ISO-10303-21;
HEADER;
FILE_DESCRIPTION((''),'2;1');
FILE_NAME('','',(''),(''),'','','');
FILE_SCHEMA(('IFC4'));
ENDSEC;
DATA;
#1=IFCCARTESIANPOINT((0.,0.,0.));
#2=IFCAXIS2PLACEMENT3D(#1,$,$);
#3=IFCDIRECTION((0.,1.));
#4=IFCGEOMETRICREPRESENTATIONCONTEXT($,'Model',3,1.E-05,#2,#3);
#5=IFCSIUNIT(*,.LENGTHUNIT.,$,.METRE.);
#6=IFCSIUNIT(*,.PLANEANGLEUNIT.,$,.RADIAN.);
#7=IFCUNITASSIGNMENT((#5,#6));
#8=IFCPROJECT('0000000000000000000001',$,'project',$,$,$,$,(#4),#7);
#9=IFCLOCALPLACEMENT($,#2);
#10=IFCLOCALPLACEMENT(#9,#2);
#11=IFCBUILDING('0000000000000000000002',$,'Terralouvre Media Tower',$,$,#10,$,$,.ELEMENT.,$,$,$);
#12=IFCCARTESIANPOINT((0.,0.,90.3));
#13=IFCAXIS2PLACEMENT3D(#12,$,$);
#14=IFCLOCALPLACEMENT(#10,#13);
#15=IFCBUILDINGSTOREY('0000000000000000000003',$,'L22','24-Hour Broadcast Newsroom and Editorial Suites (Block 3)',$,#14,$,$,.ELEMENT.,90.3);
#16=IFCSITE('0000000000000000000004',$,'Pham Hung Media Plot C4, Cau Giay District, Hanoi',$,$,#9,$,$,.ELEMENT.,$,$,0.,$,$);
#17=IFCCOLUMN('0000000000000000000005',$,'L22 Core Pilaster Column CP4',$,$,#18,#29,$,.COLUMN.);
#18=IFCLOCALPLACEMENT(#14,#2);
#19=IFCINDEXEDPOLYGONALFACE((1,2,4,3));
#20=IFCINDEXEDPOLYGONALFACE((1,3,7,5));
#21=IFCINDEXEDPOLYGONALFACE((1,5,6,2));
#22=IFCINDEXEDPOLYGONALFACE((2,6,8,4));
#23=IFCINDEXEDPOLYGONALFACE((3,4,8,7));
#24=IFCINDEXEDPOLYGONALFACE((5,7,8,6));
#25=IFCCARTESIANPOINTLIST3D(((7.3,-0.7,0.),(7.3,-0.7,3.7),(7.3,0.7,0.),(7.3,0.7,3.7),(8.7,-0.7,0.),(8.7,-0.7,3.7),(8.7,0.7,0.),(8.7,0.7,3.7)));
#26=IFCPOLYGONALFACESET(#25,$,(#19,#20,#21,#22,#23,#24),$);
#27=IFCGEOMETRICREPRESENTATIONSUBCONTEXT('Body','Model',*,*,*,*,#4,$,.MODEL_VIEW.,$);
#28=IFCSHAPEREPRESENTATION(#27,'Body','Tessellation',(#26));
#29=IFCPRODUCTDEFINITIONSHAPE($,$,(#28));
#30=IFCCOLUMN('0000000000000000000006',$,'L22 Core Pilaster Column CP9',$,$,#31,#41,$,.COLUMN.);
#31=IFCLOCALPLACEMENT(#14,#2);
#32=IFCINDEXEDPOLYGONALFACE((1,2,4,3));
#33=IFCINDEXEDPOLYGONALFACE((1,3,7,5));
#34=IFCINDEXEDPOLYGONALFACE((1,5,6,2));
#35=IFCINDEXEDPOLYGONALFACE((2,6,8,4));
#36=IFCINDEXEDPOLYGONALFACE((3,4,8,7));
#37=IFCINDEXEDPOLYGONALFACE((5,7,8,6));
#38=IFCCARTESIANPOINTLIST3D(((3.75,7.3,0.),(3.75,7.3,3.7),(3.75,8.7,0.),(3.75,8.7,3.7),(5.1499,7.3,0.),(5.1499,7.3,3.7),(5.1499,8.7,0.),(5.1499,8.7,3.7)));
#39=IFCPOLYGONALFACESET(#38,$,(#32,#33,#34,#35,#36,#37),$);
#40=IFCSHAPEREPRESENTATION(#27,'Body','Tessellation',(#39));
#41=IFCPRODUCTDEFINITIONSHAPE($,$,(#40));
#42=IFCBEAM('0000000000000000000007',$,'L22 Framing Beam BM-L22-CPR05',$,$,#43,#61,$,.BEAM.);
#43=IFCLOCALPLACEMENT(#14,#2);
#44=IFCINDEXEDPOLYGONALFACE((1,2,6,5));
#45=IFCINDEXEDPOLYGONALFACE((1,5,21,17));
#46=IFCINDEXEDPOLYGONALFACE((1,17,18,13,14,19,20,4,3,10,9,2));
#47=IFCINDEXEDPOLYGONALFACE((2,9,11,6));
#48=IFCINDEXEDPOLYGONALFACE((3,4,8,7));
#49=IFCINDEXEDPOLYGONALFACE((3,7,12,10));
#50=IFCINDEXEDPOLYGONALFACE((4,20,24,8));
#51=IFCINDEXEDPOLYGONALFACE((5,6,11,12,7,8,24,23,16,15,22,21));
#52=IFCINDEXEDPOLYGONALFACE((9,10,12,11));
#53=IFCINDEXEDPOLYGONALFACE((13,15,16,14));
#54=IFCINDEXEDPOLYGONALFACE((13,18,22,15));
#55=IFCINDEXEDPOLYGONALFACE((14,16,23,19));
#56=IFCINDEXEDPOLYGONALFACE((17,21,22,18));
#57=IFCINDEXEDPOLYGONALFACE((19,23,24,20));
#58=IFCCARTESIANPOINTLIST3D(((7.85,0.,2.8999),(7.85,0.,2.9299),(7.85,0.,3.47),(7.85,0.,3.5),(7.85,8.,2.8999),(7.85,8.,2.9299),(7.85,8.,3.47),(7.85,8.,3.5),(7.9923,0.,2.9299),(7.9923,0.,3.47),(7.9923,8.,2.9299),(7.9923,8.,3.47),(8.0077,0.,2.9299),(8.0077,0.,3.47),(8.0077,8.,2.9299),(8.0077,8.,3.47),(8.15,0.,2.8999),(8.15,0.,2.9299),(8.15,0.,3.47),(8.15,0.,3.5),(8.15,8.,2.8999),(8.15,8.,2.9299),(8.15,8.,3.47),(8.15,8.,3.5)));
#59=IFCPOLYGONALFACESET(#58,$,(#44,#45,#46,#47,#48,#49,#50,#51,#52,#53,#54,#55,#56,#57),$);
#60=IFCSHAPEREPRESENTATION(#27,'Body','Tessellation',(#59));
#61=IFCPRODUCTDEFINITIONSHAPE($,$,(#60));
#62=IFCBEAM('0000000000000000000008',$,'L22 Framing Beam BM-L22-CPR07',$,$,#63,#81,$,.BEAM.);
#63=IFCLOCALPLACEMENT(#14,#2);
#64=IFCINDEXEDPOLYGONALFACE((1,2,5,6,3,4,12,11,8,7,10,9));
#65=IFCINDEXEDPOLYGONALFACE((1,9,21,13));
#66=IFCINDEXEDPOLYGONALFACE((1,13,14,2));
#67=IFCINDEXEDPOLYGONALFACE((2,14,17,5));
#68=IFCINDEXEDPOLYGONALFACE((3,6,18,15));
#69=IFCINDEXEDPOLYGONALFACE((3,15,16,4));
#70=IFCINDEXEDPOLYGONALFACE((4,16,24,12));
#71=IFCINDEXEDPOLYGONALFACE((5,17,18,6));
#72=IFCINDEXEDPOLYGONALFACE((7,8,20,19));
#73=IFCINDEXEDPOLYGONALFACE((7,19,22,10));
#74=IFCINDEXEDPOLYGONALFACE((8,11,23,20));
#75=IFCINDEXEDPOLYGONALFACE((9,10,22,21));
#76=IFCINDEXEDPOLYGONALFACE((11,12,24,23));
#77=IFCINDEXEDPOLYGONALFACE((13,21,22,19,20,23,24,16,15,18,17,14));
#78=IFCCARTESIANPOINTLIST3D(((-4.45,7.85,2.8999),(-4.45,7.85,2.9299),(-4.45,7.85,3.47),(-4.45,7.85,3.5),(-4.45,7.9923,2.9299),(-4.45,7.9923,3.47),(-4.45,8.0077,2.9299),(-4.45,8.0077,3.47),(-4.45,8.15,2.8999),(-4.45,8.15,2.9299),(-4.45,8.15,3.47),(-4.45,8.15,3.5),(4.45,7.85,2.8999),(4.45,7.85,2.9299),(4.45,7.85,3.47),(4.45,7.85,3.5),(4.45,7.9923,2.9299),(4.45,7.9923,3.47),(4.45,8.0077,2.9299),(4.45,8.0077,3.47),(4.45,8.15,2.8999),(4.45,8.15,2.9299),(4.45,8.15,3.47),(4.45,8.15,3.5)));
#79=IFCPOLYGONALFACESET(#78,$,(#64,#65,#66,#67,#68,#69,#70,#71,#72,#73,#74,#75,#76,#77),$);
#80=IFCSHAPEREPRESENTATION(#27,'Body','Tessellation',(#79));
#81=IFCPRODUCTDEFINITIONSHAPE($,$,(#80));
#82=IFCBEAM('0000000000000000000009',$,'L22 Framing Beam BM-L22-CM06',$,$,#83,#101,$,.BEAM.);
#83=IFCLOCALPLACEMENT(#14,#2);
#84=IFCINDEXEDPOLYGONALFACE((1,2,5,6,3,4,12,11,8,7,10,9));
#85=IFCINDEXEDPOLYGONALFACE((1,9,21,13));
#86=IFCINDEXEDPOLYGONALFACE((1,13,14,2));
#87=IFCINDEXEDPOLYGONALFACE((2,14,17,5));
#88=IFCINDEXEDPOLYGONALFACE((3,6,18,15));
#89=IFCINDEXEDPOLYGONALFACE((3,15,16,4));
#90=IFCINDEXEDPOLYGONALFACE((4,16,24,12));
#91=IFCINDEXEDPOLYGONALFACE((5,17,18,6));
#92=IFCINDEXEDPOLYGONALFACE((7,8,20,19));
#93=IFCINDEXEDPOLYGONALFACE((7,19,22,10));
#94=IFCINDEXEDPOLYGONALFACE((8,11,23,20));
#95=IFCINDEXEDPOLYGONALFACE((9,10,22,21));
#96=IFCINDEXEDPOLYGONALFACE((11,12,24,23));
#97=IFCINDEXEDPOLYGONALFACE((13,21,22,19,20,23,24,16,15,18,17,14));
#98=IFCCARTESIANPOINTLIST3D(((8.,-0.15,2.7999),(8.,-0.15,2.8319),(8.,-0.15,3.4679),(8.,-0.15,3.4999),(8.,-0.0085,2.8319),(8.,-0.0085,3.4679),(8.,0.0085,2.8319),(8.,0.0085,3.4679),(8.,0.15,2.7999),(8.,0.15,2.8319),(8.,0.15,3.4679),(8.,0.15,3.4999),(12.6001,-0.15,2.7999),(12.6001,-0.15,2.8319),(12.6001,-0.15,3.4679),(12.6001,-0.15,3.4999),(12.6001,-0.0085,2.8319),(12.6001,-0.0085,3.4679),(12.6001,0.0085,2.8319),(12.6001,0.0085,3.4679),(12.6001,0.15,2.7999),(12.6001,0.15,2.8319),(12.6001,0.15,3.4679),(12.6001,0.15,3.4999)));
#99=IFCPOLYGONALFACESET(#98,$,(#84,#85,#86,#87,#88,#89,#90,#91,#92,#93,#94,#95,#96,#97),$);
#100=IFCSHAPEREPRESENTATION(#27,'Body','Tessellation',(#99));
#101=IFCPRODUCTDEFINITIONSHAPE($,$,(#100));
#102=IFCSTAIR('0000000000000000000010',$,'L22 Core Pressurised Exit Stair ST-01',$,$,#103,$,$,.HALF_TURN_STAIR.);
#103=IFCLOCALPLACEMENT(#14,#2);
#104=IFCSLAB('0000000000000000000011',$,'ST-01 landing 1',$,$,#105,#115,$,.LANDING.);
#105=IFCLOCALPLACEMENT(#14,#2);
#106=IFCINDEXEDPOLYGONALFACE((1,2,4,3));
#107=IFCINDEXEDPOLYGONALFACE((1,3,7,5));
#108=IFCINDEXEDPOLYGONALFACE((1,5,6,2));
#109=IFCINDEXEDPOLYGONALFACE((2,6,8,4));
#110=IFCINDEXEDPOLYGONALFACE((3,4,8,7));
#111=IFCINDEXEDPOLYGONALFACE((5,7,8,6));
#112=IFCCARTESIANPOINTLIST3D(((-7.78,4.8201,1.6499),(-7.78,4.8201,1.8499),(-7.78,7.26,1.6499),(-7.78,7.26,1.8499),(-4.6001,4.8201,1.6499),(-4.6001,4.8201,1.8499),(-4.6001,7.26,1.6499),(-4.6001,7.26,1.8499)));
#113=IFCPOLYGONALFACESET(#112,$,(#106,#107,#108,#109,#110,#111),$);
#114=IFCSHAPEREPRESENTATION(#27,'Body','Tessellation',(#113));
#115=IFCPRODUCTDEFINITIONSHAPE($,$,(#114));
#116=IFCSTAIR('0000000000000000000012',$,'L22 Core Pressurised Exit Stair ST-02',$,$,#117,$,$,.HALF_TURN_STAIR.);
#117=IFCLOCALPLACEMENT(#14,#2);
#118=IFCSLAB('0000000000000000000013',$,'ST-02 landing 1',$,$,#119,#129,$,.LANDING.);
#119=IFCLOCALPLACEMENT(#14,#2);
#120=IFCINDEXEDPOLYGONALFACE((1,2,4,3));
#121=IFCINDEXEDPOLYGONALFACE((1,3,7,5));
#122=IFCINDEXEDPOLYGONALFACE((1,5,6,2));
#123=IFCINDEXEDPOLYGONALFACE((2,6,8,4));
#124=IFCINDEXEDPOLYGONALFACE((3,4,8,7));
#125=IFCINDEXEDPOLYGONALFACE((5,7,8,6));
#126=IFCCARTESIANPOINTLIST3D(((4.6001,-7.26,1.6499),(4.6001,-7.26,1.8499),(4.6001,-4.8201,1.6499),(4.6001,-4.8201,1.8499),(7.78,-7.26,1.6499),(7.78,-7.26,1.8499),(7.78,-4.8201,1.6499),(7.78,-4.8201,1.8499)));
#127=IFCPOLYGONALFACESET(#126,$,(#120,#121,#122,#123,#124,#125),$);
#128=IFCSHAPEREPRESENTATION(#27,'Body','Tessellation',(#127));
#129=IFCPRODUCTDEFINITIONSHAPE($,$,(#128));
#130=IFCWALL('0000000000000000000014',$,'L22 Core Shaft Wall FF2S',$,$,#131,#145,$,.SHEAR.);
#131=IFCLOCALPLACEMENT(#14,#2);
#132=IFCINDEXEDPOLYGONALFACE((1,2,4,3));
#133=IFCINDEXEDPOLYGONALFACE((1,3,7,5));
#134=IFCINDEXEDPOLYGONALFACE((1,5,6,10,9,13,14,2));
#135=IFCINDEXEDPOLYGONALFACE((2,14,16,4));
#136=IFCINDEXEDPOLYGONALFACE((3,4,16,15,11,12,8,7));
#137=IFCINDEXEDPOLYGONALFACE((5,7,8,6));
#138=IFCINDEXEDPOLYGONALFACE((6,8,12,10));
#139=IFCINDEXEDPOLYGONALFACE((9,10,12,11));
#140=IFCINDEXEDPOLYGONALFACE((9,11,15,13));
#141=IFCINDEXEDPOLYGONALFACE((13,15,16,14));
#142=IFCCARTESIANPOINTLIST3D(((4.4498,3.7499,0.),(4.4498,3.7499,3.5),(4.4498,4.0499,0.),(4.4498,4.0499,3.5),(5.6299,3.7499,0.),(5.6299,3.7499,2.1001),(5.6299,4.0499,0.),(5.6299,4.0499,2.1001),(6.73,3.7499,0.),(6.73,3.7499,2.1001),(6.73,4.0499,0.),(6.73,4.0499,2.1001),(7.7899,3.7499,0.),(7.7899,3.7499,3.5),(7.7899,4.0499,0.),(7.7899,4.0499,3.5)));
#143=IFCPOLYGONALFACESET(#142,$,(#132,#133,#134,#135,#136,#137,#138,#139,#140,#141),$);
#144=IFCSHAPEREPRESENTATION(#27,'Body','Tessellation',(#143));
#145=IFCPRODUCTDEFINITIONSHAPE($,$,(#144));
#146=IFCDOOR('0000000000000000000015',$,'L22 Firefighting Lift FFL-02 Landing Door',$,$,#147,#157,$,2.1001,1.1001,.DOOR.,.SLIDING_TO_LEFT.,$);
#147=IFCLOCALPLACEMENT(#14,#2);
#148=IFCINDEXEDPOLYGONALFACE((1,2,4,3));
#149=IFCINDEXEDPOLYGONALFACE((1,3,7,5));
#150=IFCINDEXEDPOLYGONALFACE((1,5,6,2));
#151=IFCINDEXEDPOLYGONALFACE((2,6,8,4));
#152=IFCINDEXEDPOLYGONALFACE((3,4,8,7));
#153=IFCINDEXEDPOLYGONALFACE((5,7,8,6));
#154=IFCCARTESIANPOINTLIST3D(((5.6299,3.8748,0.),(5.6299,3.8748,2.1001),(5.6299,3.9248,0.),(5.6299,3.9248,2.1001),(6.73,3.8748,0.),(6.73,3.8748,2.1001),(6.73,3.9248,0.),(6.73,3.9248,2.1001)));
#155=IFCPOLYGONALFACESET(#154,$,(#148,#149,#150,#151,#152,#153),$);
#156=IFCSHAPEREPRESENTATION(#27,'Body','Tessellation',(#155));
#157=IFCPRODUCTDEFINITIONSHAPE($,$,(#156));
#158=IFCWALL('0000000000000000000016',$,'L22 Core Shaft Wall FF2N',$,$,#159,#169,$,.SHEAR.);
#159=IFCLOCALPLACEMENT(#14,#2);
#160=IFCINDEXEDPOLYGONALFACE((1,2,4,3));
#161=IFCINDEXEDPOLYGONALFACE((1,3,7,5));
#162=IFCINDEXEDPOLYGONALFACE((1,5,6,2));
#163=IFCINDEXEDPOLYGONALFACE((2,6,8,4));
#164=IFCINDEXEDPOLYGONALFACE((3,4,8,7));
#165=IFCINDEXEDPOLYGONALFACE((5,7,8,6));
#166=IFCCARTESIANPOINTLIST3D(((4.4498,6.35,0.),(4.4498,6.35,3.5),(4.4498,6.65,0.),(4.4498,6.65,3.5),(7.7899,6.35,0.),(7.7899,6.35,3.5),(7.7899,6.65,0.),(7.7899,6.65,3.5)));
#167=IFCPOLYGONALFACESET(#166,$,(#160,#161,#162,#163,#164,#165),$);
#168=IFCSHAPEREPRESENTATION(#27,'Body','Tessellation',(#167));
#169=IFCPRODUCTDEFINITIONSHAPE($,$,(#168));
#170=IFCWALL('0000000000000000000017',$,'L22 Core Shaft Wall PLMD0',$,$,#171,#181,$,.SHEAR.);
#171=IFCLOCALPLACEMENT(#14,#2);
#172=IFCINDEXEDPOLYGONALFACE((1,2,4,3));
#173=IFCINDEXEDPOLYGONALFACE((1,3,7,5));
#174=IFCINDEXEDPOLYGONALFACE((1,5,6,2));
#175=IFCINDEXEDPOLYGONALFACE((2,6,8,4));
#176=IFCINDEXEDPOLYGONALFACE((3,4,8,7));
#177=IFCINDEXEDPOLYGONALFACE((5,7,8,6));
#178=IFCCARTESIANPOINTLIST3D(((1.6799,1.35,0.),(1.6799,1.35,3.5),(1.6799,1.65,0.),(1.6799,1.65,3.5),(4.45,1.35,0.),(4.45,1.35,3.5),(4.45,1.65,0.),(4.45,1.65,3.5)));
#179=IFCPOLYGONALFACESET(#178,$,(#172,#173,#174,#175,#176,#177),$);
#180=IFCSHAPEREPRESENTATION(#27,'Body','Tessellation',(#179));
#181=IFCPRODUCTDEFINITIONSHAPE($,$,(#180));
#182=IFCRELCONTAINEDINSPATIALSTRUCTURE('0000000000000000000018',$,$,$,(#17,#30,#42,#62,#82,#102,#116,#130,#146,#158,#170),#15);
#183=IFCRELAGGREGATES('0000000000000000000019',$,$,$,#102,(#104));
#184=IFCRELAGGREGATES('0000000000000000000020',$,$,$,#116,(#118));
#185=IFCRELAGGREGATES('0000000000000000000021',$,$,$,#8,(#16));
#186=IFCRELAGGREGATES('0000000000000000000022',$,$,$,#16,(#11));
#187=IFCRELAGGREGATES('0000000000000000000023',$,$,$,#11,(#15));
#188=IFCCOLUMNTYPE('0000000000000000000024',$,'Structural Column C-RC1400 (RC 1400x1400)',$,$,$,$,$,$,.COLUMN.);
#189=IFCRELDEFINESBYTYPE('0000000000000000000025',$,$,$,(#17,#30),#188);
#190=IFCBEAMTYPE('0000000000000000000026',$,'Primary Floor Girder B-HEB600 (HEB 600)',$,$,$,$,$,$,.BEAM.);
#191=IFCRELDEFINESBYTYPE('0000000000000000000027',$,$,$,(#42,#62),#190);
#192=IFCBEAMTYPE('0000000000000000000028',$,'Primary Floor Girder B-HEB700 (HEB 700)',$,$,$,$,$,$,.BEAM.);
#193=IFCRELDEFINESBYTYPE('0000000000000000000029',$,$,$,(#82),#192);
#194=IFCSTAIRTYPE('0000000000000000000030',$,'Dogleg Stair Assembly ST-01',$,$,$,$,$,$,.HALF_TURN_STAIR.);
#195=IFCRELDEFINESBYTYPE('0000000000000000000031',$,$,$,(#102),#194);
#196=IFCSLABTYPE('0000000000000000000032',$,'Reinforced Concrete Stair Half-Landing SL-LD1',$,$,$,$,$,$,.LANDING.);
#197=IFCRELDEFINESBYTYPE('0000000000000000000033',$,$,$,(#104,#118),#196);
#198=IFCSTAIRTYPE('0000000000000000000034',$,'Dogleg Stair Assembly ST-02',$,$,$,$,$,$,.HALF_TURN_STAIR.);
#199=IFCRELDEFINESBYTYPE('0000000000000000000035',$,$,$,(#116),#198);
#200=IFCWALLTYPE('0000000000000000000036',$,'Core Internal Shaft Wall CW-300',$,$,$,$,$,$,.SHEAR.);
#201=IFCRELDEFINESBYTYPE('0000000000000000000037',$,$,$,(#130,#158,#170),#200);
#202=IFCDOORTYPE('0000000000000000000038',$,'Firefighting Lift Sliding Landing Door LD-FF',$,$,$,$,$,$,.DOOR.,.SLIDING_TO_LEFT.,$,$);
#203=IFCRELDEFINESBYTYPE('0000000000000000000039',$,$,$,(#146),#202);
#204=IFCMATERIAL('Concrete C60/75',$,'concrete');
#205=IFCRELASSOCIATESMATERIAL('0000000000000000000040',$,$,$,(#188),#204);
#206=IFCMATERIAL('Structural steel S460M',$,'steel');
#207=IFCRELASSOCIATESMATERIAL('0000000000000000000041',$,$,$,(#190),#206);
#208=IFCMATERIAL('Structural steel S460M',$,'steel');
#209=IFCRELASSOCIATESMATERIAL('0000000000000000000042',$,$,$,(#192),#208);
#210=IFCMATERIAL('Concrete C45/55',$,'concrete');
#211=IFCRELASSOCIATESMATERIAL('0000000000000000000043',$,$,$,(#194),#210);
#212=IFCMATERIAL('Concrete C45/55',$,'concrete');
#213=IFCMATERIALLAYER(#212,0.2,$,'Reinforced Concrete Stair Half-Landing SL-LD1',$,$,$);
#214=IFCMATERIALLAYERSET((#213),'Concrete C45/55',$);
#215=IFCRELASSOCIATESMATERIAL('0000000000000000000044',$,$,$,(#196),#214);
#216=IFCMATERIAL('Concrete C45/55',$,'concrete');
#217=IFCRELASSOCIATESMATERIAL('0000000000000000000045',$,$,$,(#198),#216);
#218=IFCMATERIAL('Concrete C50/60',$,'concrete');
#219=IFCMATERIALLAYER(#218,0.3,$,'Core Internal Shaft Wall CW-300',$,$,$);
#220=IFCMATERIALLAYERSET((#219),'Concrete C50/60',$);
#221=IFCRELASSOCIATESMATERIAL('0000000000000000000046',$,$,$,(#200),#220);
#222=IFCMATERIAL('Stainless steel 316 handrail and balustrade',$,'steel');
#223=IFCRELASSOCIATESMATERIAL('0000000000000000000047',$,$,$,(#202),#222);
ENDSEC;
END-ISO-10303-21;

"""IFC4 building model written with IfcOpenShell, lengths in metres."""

from ifc_helpers import new_model, si_unit, direction, frame, frame_2d, origin, origin_2d, place, context, subcontext, project, spatial, polyline, rectangle, i_section, outline, extrude, material, layer, layer_set, material_profile, profile_set, type_object, element, fill, aggregate, save


model = new_model("IFC4")

# Units and contexts
model_context = context("Model", 3, precision=1e-05, world=origin(), true_north=direction((0.0, 1.0)))
body_context = subcontext(model_context, "Body", "Model", "MODEL_VIEW")
ifc_project = project(units=[si_unit("LENGTHUNIT", "METRE"), si_unit("PLANEANGLEUNIT", "RADIAN")], contexts=[model_context])

# Site, building, storey
site_placement = place(None, origin())
site = spatial("IfcSite", under=ifc_project, at=site_placement, Name="Pham Hung Media Plot C4, Cau Giay District, Hanoi", CompositionType="ELEMENT", RefElevation=0.0)
building_placement = place(site_placement, origin())
building = spatial("IfcBuilding", under=site, at=building_placement, Name="Terralouvre Media Tower", CompositionType="ELEMENT")
storey_placement = place(building_placement, frame((0.0, 0.0, 90.3)))
storey = spatial("IfcBuildingStorey", under=building, at=storey_placement, Name="L22", Description="24-Hour Broadcast Newsroom and Editorial Suites (Block 3)", CompositionType="ELEMENT", Elevation=90.3)

# Columns
ifc_material_1 = material(Name="Concrete C60/75", Category="concrete")
ifc_material_profile_1 = material_profile(ifc_material_1, rectangle(XDim=1.3999, YDim=1.3999, at=origin_2d()), Name="RC 1400x1400")
ifc_profile_set_1 = profile_set([ifc_material_profile_1], Name="Concrete C60/75")
column_type = type_object("IfcColumnType", Name="Structural Column C-RC1400 (RC 1400x1400)", PredefinedType="COLUMN", material=ifc_profile_set_1)
for number, where, z_axis, x_axis, name in (
    (1, (8.0, 0.0, 0.0), (0.0, 0.0, 1.0), (1.0, 0.0, 0.0), "L22 Core Pilaster Column CP4"),
    (2, (4.45, 8.0, 0.0), (0.0, 0.0, 1.0), (1.0, 0.0, 0.0), "L22 Core Pilaster Column CP9"),
):
    element("IfcColumn", number, at=place(storey_placement, frame(where, z_axis=z_axis, x_axis=x_axis)), inside=storey, type_object=column_type, Name=name, PredefinedType="COLUMN", context=body_context, shape_type="SweptSolid", body=[
        extrude(rectangle(XDim=1.3999, YDim=1.3999, at=origin_2d()), origin(), (0.0, 0.0, 1.0), 3.7),
    ])

# Beams
ifc_material_2 = material(Name="Structural steel S460M", Category="steel")
ifc_material_profile_2 = material_profile(ifc_material_2, i_section(OverallWidth=0.3, OverallDepth=0.6001, WebThickness=0.0154, FlangeThickness=0.03, at=origin_2d()), Name="HEB 600")
ifc_profile_set_2 = profile_set([ifc_material_profile_2], Name="Structural steel S460M")
beam_type_1 = type_object("IfcBeamType", Name="Primary Floor Girder B-HEB600 (HEB 600)", PredefinedType="BEAM", material=ifc_profile_set_2)
beam_1_placement = place(storey_placement, frame((8.0, 0.0, 3.2), z_axis=(0.0, 1.0, 0.0), x_axis=(-1.0, 0.0, 0.0)))
element("IfcBeam", 3, at=beam_1_placement, inside=storey, type_object=beam_type_1, Name="L22 Framing Beam BM-L22-CPR05", PredefinedType="BEAM", context=body_context, shape_type="SweptSolid", body=[
    extrude(i_section(OverallWidth=0.3, OverallDepth=0.6001, WebThickness=0.0154, FlangeThickness=0.03, at=origin_2d()), origin(), (0.0, 0.0, 1.0), 8.0),
])
beam_2_placement = place(storey_placement, frame((4.45, 8.0, 3.2), z_axis=(-1.0, 0.0, 0.0), x_axis=(0.0, -1.0, 0.0)))
element("IfcBeam", 4, at=beam_2_placement, inside=storey, type_object=beam_type_1, Name="L22 Framing Beam BM-L22-CPR07", PredefinedType="BEAM", context=body_context, shape_type="SweptSolid", body=[
    extrude(i_section(OverallWidth=0.3, OverallDepth=0.6001, WebThickness=0.0154, FlangeThickness=0.03, at=origin_2d()), origin(), (0.0, 0.0, 1.0), 8.8999),
])
ifc_material_3 = material(Name="Structural steel S460M", Category="steel")
ifc_material_profile_3 = material_profile(ifc_material_3, i_section(OverallWidth=0.3, OverallDepth=0.7, WebThickness=0.0171, FlangeThickness=0.032, at=origin_2d()), Name="HEB 700")
ifc_profile_set_3 = profile_set([ifc_material_profile_3], Name="Structural steel S460M")
beam_type_2 = type_object("IfcBeamType", Name="Primary Floor Girder B-HEB700 (HEB 700)", PredefinedType="BEAM", material=ifc_profile_set_3)
beam_3_placement = place(storey_placement, frame((8.0, 0.0, 3.1499), z_axis=(1.0, 0.0, 0.0), x_axis=(0.0, 1.0, 0.0)))
element("IfcBeam", 5, at=beam_3_placement, inside=storey, type_object=beam_type_2, Name="L22 Framing Beam BM-L22-CM06", PredefinedType="BEAM", context=body_context, shape_type="SweptSolid", body=[
    extrude(i_section(OverallWidth=0.3, OverallDepth=0.7, WebThickness=0.0171, FlangeThickness=0.032, at=origin_2d()), origin(), (0.0, 0.0, 1.0), 4.6001),
])

# Stairs, slabs
ifc_material_4 = material(Name="Concrete C45/55", Category="concrete")
stair_type_1 = type_object("IfcStairType", Name="Dogleg Stair Assembly ST-01", PredefinedType="HALF_TURN_STAIR", material=ifc_material_4)
stair_1_placement = place(storey_placement, origin())
stair_1 = element("IfcStair", 6, at=stair_1_placement, inside=storey, type_object=stair_type_1, Name="L22 Core Pressurised Exit Stair ST-01", PredefinedType="HALF_TURN_STAIR")
ifc_material_5 = material(Name="Concrete C45/55", Category="concrete")
ifc_layer_1 = layer(ifc_material_5, 0.2, Name="Reinforced Concrete Stair Half-Landing SL-LD1")
ifc_layer_set_1 = layer_set([ifc_layer_1], Name="Concrete C45/55")
slab_type_1 = type_object("IfcSlabType", Name="Reinforced Concrete Stair Half-Landing SL-LD1", PredefinedType="LANDING", material=ifc_layer_set_1)
slab_1_placement = place(storey_placement, frame((0.0, 0.0, 1.6499)))
slab_1 = element("IfcSlab", 7, at=slab_1_placement, type_object=slab_type_1, Name="ST-01 landing 1", PredefinedType="LANDING", context=body_context, shape_type="SweptSolid", body=[
    extrude(outline(polyline([(-4.6001, 4.8201), (-4.6001, 7.26), (-7.78, 7.26), (-7.78, 4.8201), (-4.6001, 4.8201)])), origin(), (0.0, 0.0, 1.0), 0.2),
])
aggregate(stair_1, [slab_1])
ifc_material_6 = material(Name="Concrete C45/55", Category="concrete")
stair_type_2 = type_object("IfcStairType", Name="Dogleg Stair Assembly ST-02", PredefinedType="HALF_TURN_STAIR", material=ifc_material_6)
stair_2_placement = place(storey_placement, origin())
stair_2 = element("IfcStair", 8, at=stair_2_placement, inside=storey, type_object=stair_type_2, Name="L22 Core Pressurised Exit Stair ST-02", PredefinedType="HALF_TURN_STAIR")
slab_2_placement = place(storey_placement, frame((0.0, 0.0, 1.6499)))
slab_2 = element("IfcSlab", 9, at=slab_2_placement, type_object=slab_type_1, Name="ST-02 landing 1", PredefinedType="LANDING", context=body_context, shape_type="SweptSolid", body=[
    extrude(outline(polyline([(4.6001, -4.8201), (4.6001, -7.26), (7.78, -7.26), (7.78, -4.8201), (4.6001, -4.8201)])), origin(), (0.0, 0.0, 1.0), 0.2),
])
aggregate(stair_2, [slab_2])

# Wall, opening, door
ifc_material_7 = material(Name="Concrete C50/60", Category="concrete")
ifc_layer_2 = layer(ifc_material_7, 0.3, Name="Core Internal Shaft Wall CW-300")
ifc_layer_set_2 = layer_set([ifc_layer_2], Name="Concrete C50/60")
wall_type = type_object("IfcWallType", Name="Core Internal Shaft Wall CW-300", PredefinedType="SHEAR", material=ifc_layer_set_2)
wall_1_placement = place(storey_placement, frame((4.45, 3.8999, 0.0), z_axis=(0.0, 0.0, 1.0), x_axis=(1.0, 0.0, 0.0)))
wall_1 = element("IfcWall", 10, at=wall_1_placement, inside=storey, type_object=wall_type, Name="L22 Core Shaft Wall FF2S", PredefinedType="SHEAR", context=body_context, shape_type="SweptSolid", body=[
    extrude(rectangle(XDim=3.3401, YDim=0.3, at=frame_2d((1.6699, 0.0))), origin(), (0.0, 0.0, 1.0), 3.5),
])
opening_1_placement = place(wall_1_placement, frame((1.1799, 0.0, 0.0)))
opening_1 = element("IfcOpeningElement", 11, at=opening_1_placement, cuts=wall_1, PredefinedType="OPENING", context=body_context, shape_type="SweptSolid", body=[
    extrude(rectangle(XDim=1.1001, YDim=2.1001, at=frame_2d((0.55, 1.05))), frame((0.0, 0.1599, 0.0), z_axis=(0.0, -1.0, 0.0), x_axis=(1.0, 0.0, 0.0)), (0.0, 0.0, 1.0), 0.3201),
])
ifc_material_8 = material(Name="Stainless steel 316 handrail and balustrade", Category="steel")
door_type_1 = type_object("IfcDoorType", Name="Firefighting Lift Sliding Landing Door LD-FF", OperationType="SLIDING_TO_LEFT", PredefinedType="DOOR", material=ifc_material_8)
door_1_placement = place(opening_1_placement, origin())
door_1 = element("IfcDoor", 12, at=door_1_placement, inside=storey, type_object=door_type_1, Name="L22 Firefighting Lift FFL-02 Landing Door", OperationType="SLIDING_TO_LEFT", OverallHeight=2.1001, OverallWidth=1.1001, PredefinedType="DOOR", context=body_context, shape_type="SweptSolid", body=[
    extrude(rectangle(XDim=1.1001, YDim=2.1001, at=frame_2d((0.55, 1.05))), frame((0.0, 0.0249, 0.0), z_axis=(0.0, -1.0, 0.0), x_axis=(1.0, 0.0, 0.0)), (0.0, 0.0, 1.0), 0.05),
])
fill(opening_1, door_1)

# Walls
wall_2_placement = place(storey_placement, frame((4.45, 6.5, 0.0), z_axis=(0.0, 0.0, 1.0), x_axis=(1.0, 0.0, 0.0)))
element("IfcWall", 13, at=wall_2_placement, inside=storey, type_object=wall_type, Name="L22 Core Shaft Wall FF2N", PredefinedType="SHEAR", context=body_context, shape_type="SweptSolid", body=[
    extrude(rectangle(XDim=3.3401, YDim=0.3, at=frame_2d((1.6699, 0.0))), origin(), (0.0, 0.0, 1.0), 3.5),
])
for number, where, z_axis, x_axis, name in (
    (14, (1.6799, 1.5, 0.0), (0.0, 0.0, 1.0), (1.0, 0.0, 0.0), "L22 Core Shaft Wall PLMD0"),
):
    element("IfcWall", number, at=place(storey_placement, frame(where, z_axis=z_axis, x_axis=x_axis)), inside=storey, type_object=wall_type, Name=name, PredefinedType="SHEAR", context=body_context, shape_type="SweptSolid", body=[
        extrude(rectangle(XDim=2.77, YDim=0.3, at=frame_2d((1.385, 0.0))), origin(), (0.0, 0.0, 1.0), 3.5),
    ])

save(model, "model.ifc")
